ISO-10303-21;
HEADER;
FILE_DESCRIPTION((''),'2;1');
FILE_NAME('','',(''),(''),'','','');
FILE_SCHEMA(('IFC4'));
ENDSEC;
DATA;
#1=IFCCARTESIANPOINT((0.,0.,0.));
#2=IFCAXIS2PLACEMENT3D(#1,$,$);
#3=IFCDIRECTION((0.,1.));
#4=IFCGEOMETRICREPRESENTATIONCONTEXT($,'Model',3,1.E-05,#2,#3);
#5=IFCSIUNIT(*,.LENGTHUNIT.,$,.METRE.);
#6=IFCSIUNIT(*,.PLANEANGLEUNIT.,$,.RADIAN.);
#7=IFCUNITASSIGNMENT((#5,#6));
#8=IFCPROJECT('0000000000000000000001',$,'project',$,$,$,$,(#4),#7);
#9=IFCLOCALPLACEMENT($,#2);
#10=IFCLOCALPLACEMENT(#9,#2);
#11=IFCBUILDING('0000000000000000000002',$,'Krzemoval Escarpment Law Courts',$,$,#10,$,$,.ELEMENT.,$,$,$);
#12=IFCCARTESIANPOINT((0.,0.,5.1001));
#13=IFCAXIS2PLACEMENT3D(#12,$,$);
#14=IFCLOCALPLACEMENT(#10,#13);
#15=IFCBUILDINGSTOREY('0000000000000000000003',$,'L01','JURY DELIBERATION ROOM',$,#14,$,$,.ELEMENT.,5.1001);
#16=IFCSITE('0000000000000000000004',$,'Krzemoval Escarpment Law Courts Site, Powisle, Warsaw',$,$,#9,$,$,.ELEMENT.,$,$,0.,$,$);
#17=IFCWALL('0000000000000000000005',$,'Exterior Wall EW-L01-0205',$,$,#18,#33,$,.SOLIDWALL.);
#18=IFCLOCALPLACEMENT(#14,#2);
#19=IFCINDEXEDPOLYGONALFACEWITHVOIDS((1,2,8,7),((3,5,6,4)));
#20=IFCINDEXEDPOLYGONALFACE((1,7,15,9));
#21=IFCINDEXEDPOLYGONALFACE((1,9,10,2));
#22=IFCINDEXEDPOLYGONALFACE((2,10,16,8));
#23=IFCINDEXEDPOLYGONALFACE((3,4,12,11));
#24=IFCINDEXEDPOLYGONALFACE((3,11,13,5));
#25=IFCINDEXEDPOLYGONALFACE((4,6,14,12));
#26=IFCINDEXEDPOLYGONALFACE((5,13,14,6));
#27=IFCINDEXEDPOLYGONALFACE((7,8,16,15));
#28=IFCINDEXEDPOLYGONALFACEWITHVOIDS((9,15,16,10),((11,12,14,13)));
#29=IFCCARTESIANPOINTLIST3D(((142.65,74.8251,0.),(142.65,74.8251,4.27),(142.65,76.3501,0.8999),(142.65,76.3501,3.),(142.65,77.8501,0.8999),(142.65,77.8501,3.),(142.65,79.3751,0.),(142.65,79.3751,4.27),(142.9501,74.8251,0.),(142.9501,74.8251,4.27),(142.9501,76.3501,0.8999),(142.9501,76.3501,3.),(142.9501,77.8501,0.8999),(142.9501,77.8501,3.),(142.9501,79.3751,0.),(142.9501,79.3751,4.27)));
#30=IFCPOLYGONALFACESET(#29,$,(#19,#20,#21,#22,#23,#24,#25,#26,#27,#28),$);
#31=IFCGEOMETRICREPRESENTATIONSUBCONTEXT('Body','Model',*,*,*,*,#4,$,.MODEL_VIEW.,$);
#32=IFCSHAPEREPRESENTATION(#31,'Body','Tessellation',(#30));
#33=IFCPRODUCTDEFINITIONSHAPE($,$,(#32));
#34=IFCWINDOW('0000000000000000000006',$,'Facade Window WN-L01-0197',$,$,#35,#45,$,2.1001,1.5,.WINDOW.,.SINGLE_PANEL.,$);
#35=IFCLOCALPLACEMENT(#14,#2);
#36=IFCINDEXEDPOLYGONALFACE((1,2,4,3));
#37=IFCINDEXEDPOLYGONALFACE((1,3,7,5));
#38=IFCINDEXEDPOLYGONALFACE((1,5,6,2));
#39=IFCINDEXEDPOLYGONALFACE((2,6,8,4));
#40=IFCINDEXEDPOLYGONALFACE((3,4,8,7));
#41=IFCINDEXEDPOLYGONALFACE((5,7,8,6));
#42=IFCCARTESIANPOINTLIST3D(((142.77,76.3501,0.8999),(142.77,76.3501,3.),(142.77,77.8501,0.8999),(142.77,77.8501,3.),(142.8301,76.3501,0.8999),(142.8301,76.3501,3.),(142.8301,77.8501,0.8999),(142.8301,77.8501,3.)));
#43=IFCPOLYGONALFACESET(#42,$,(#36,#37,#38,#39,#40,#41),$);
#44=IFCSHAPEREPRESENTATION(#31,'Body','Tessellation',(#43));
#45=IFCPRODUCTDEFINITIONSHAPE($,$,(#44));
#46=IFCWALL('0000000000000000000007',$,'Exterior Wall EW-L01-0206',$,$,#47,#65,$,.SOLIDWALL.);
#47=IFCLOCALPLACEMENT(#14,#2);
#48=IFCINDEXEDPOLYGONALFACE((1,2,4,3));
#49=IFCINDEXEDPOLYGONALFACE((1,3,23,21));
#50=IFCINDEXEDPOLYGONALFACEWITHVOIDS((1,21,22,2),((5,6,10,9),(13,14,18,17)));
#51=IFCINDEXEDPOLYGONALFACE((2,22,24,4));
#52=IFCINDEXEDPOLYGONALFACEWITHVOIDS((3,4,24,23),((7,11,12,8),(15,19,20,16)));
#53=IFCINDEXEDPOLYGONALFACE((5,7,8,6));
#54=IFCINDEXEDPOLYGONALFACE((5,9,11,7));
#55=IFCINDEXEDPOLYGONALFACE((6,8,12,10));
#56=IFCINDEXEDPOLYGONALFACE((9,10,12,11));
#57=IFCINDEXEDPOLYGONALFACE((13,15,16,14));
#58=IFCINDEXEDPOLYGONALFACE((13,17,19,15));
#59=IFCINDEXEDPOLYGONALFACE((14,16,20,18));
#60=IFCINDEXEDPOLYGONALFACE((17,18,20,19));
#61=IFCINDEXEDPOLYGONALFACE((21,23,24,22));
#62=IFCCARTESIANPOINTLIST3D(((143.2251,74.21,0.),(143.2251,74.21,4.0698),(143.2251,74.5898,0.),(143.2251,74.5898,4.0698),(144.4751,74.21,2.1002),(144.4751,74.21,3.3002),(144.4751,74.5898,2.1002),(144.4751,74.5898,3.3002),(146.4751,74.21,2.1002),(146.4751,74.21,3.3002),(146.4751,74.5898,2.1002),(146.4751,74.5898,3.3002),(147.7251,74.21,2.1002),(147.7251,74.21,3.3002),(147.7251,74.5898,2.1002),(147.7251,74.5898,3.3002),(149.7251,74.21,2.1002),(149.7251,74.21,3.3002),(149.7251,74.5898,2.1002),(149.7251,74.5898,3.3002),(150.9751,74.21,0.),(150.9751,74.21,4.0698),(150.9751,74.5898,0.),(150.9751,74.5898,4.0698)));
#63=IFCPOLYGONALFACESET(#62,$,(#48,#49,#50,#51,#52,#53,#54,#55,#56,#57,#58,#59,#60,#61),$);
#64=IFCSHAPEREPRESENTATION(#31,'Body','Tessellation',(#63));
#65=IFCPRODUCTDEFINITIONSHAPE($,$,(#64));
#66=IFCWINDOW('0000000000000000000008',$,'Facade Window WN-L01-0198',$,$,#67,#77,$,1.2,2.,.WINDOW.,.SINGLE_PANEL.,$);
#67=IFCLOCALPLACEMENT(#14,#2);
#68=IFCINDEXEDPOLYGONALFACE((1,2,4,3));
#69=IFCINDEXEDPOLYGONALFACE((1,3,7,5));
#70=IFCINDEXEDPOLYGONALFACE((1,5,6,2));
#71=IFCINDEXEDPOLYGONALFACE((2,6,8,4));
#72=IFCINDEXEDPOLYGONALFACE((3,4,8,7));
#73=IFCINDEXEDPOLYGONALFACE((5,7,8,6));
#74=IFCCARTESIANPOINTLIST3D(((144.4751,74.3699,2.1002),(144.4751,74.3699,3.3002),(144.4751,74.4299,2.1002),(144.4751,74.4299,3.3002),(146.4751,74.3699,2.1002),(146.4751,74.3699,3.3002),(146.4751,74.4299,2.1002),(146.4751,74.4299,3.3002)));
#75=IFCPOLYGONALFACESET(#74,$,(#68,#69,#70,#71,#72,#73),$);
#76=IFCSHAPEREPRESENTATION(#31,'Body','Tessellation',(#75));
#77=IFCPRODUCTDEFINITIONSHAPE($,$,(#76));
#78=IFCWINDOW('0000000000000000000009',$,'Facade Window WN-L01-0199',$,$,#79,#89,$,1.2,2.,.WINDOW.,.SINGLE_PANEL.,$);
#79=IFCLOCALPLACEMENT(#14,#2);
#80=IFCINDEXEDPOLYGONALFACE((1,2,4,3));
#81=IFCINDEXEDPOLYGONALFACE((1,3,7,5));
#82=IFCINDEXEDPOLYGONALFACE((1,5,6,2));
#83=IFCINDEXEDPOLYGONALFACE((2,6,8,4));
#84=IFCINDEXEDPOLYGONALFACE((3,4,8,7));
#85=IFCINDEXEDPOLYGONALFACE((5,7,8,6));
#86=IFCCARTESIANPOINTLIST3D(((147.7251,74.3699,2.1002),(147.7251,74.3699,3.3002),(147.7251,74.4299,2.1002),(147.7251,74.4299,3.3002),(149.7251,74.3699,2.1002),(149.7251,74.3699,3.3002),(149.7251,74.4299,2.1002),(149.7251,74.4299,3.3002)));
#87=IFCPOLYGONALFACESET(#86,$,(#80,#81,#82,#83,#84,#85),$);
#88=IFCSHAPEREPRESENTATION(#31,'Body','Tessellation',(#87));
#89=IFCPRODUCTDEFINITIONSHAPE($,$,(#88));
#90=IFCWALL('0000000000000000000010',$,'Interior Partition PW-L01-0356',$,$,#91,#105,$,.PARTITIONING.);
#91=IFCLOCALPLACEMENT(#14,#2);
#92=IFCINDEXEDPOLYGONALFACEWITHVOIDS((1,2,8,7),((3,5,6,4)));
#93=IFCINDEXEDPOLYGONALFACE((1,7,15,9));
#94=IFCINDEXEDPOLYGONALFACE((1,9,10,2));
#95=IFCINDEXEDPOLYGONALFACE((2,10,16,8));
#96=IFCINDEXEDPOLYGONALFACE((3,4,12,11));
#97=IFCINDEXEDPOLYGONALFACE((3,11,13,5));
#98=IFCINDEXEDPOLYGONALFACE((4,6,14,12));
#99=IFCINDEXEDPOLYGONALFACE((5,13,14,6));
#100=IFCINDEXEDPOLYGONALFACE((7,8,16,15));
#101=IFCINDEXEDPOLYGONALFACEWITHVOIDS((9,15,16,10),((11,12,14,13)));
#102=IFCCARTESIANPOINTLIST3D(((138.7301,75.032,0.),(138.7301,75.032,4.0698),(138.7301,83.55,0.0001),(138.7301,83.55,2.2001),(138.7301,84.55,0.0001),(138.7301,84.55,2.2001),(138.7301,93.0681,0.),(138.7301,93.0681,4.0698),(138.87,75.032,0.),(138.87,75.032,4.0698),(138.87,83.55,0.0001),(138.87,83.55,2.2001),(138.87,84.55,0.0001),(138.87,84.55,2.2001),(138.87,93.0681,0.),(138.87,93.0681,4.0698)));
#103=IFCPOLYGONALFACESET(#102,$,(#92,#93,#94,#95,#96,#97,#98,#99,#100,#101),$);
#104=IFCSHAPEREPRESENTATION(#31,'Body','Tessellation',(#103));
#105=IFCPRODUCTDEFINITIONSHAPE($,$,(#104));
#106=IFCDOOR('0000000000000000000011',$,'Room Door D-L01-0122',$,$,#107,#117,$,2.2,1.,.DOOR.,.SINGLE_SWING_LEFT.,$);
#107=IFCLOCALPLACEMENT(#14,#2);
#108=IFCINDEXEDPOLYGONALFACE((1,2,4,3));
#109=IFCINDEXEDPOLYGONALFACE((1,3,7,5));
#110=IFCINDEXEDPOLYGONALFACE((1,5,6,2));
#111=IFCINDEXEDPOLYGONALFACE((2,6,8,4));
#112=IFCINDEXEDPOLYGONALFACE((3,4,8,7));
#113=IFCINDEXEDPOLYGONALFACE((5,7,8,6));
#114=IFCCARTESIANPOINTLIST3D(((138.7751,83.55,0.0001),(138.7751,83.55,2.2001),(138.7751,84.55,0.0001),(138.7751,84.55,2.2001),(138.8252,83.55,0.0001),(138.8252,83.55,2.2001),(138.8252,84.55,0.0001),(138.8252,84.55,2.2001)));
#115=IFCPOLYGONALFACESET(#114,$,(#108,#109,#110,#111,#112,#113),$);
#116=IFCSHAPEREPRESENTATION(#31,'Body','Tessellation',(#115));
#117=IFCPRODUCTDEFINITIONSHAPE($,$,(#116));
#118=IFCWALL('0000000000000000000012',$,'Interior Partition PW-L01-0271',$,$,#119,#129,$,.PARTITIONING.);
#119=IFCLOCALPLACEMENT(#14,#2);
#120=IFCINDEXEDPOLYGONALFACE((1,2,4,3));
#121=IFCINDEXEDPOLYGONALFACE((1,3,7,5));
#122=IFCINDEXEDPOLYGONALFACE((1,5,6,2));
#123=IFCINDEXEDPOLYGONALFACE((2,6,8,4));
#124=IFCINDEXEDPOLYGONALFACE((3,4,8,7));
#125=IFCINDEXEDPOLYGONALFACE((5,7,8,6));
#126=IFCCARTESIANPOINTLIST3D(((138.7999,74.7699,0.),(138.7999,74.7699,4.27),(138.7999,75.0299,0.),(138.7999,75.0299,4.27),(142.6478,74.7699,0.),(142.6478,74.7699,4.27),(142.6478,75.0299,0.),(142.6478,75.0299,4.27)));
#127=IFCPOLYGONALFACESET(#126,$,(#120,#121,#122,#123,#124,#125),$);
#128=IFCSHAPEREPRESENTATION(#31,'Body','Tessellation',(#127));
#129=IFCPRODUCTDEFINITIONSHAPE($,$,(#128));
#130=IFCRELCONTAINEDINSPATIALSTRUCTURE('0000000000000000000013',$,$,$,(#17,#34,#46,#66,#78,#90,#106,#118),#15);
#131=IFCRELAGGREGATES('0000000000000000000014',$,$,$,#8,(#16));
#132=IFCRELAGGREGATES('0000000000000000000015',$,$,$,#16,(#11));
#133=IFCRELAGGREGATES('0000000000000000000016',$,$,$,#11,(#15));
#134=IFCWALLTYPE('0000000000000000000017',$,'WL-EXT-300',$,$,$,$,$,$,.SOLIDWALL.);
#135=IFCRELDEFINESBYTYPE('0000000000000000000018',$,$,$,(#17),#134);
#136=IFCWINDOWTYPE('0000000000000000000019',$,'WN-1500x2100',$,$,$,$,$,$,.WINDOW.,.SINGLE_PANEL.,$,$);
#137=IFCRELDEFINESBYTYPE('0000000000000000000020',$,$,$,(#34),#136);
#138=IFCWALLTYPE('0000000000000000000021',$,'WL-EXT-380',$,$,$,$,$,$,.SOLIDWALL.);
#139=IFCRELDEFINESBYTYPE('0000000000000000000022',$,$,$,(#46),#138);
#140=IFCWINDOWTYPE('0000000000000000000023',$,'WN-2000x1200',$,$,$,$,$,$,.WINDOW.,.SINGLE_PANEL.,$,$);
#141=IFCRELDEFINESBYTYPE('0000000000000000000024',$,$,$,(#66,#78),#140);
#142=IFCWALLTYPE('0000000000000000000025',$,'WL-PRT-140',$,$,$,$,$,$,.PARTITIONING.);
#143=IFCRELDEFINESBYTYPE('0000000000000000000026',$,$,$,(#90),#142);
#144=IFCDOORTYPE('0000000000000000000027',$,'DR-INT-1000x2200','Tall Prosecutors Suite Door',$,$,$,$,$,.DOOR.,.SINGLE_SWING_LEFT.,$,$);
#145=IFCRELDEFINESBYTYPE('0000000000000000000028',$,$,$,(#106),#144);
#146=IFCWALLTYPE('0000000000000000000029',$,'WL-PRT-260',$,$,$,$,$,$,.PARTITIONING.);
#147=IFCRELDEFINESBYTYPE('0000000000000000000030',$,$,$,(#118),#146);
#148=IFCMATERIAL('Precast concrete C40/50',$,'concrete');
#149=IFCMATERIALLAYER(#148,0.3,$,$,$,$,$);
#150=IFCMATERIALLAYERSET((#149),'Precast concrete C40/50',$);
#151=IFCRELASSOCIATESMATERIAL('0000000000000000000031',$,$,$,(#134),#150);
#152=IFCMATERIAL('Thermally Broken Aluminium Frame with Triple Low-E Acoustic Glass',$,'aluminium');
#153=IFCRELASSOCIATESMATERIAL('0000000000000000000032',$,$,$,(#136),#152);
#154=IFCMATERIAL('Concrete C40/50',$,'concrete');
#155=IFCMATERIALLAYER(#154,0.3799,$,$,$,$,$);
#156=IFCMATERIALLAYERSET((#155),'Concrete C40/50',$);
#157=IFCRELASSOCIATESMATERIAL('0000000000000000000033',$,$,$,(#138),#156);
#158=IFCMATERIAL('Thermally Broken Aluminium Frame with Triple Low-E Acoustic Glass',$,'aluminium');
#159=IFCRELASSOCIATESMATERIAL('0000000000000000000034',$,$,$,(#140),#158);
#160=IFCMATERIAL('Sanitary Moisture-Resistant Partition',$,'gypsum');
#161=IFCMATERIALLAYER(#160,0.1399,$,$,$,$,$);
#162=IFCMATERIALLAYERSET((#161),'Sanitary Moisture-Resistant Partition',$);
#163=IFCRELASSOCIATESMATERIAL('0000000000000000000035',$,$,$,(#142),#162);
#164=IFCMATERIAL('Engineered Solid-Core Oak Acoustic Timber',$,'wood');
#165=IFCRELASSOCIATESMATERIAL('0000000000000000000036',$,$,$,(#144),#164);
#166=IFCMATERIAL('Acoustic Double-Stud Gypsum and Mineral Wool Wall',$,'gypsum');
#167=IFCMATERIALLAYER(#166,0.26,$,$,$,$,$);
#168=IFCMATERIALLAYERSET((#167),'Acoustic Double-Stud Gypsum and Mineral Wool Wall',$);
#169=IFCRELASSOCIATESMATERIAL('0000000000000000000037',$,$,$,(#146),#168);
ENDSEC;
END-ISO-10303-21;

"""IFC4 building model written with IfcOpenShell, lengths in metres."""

from ifc_helpers import new_model, si_unit, direction, frame, frame_2d, origin, place, context, subcontext, project, spatial, rectangle, extrude, material, layer, layer_set, type_object, element, fill, save


model = new_model("IFC4")

# Units and contexts
model_context = context("Model", 3, precision=1e-05, world=origin(), true_north=direction((0.0, 1.0)))
body_context = subcontext(model_context, "Body", "Model", "MODEL_VIEW")
ifc_project = project(units=[si_unit("LENGTHUNIT", "METRE"), si_unit("PLANEANGLEUNIT", "RADIAN")], contexts=[model_context])

# Site, building, storey
site_placement = place(None, origin())
site = spatial("IfcSite", under=ifc_project, at=site_placement, Name="Krzemoval Escarpment Law Courts Site, Powisle, Warsaw", CompositionType="ELEMENT", RefElevation=0.0)
building_placement = place(site_placement, origin())
building = spatial("IfcBuilding", under=site, at=building_placement, Name="Krzemoval Escarpment Law Courts", CompositionType="ELEMENT")
storey_placement = place(building_placement, frame((0.0, 0.0, 5.1001)))
storey = spatial("IfcBuildingStorey", under=building, at=storey_placement, Name="L01", Description="JURY DELIBERATION ROOM", CompositionType="ELEMENT", Elevation=5.1001)

# Wall, opening, window
ifc_material_1 = material(Name="Precast concrete C40/50", Category="concrete")
ifc_layer_1 = layer(ifc_material_1, 0.3)
ifc_layer_set_1 = layer_set([ifc_layer_1], Name="Precast concrete C40/50")
wall_type_1 = type_object("IfcWallType", Name="WL-EXT-300", PredefinedType="SOLIDWALL", material=ifc_layer_set_1)
ifc_material_2 = material(Name="Thermally Broken Aluminium Frame with Triple Low-E Acoustic Glass", Category="aluminium")
window_type_1 = type_object("IfcWindowType", Name="WN-1500x2100", PartitioningType="SINGLE_PANEL", PredefinedType="WINDOW", material=ifc_material_2)
wall_1_placement = place(storey_placement, frame((142.8, 79.375, 0.0), z_axis=(0.0, 0.0, 1.0), x_axis=(0.0, -1.0, 0.0)))
wall_1 = element("IfcWall", 1, at=wall_1_placement, inside=storey, type_object=wall_type_1, Name="Exterior Wall EW-L01-0205", PredefinedType="SOLIDWALL", context=body_context, shape_type="SweptSolid", body=[
    extrude(rectangle(XDim=4.55, YDim=0.3, at=frame_2d((2.2749, 0.0))), origin(), (0.0, 0.0, 1.0), 4.27),
])
opening_1_placement = place(wall_1_placement, frame((1.5249, 0.0, 0.8999)))
opening_1 = element("IfcOpeningElement", 2, at=opening_1_placement, cuts=wall_1, PredefinedType="OPENING", context=body_context, shape_type="SweptSolid", body=[
    extrude(rectangle(XDim=1.5, YDim=2.1001, at=frame_2d((0.75, 1.05))), frame((0.0, 0.165, 0.0), z_axis=(0.0, -1.0, 0.0), x_axis=(1.0, 0.0, 0.0)), (0.0, 0.0, 1.0), 0.3301),
])
window_1_placement = place(opening_1_placement, origin())
window_1 = element("IfcWindow", 3, at=window_1_placement, inside=storey, type_object=window_type_1, Name="Facade Window WN-L01-0197", OverallHeight=2.1001, OverallWidth=1.5, PartitioningType="SINGLE_PANEL", PredefinedType="WINDOW", context=body_context, shape_type="SweptSolid", body=[
    extrude(rectangle(XDim=1.5, YDim=2.1001, at=frame_2d((0.75, 1.05))), frame((0.0, 0.03, 0.0), z_axis=(0.0, -1.0, 0.0), x_axis=(1.0, 0.0, 0.0)), (0.0, 0.0, 1.0), 0.0601),
])
fill(opening_1, window_1)

# Wall, openings, windows
ifc_material_3 = material(Name="Concrete C40/50", Category="concrete")
ifc_layer_2 = layer(ifc_material_3, 0.3799)
ifc_layer_set_2 = layer_set([ifc_layer_2], Name="Concrete C40/50")
wall_type_2 = type_object("IfcWallType", Name="WL-EXT-380", PredefinedType="SOLIDWALL", material=ifc_layer_set_2)
wall_2_placement = place(storey_placement, frame((143.2251, 74.3999, 0.0), z_axis=(0.0, 0.0, 1.0), x_axis=(1.0, 0.0, 0.0)))
wall_2 = element("IfcWall", 4, at=wall_2_placement, inside=storey, type_object=wall_type_2, Name="Exterior Wall EW-L01-0206", PredefinedType="SOLIDWALL", context=body_context, shape_type="SweptSolid", body=[
    extrude(rectangle(XDim=7.75, YDim=0.3799, at=frame_2d((3.875, 0.0))), origin(), (0.0, 0.0, 1.0), 4.0698),
])
opening_2_placement = place(wall_2_placement, frame((1.25, 0.0, 2.1001)))
opening_2 = element("IfcOpeningElement", 5, at=opening_2_placement, cuts=wall_2, PredefinedType="OPENING", context=body_context, shape_type="SweptSolid", body=[
    extrude(rectangle(XDim=2.0, YDim=1.2, at=frame_2d((1.0, 0.6001))), frame((0.0, 0.2049, 0.0), z_axis=(0.0, -1.0, 0.0), x_axis=(1.0, 0.0, 0.0)), (0.0, 0.0, 1.0), 0.4099),
])
opening_3_placement = place(wall_2_placement, frame((4.5, 0.0, 2.1001)))
opening_3 = element("IfcOpeningElement", 6, at=opening_3_placement, cuts=wall_2, PredefinedType="OPENING", context=body_context, shape_type="SweptSolid", body=[
    extrude(rectangle(XDim=2.0, YDim=1.2, at=frame_2d((1.0, 0.6001))), frame((0.0, 0.2049, 0.0), z_axis=(0.0, -1.0, 0.0), x_axis=(1.0, 0.0, 0.0)), (0.0, 0.0, 1.0), 0.4099),
])
ifc_material_4 = material(Name="Thermally Broken Aluminium Frame with Triple Low-E Acoustic Glass", Category="aluminium")
window_type_2 = type_object("IfcWindowType", Name="WN-2000x1200", PartitioningType="SINGLE_PANEL", PredefinedType="WINDOW", material=ifc_material_4)
window_2_placement = place(opening_2_placement, origin())
window_2 = element("IfcWindow", 7, at=window_2_placement, inside=storey, type_object=window_type_2, Name="Facade Window WN-L01-0198", OverallHeight=1.2, OverallWidth=2.0, PartitioningType="SINGLE_PANEL", PredefinedType="WINDOW", context=body_context, shape_type="SweptSolid", body=[
    extrude(rectangle(XDim=2.0, YDim=1.2, at=frame_2d((1.0, 0.6001))), frame((0.0, 0.03, 0.0), z_axis=(0.0, -1.0, 0.0), x_axis=(1.0, 0.0, 0.0)), (0.0, 0.0, 1.0), 0.0601),
])
fill(opening_2, window_2)
window_3_placement = place(opening_3_placement, origin())
window_3 = element("IfcWindow", 8, at=window_3_placement, inside=storey, type_object=window_type_2, Name="Facade Window WN-L01-0199", OverallHeight=1.2, OverallWidth=2.0, PartitioningType="SINGLE_PANEL", PredefinedType="WINDOW", context=body_context, shape_type="SweptSolid", body=[
    extrude(rectangle(XDim=2.0, YDim=1.2, at=frame_2d((1.0, 0.6001))), frame((0.0, 0.03, 0.0), z_axis=(0.0, -1.0, 0.0), x_axis=(1.0, 0.0, 0.0)), (0.0, 0.0, 1.0), 0.0601),
])
fill(opening_3, window_3)

# Wall, opening, door
ifc_material_5 = material(Name="Sanitary Moisture-Resistant Partition", Category="gypsum")
ifc_layer_3 = layer(ifc_material_5, 0.1399)
ifc_layer_set_3 = layer_set([ifc_layer_3], Name="Sanitary Moisture-Resistant Partition")
wall_type_3 = type_object("IfcWallType", Name="WL-PRT-140", PredefinedType="PARTITIONING", material=ifc_layer_set_3)
wall_3_placement = place(storey_placement, frame((138.8, 75.032, 0.0), z_axis=(0.0, 0.0, 1.0), x_axis=(0.0, 1.0, 0.0)))
wall_3 = element("IfcWall", 9, at=wall_3_placement, inside=storey, type_object=wall_type_3, Name="Interior Partition PW-L01-0356", PredefinedType="PARTITIONING", context=body_context, shape_type="SweptSolid", body=[
    extrude(rectangle(XDim=18.0361, YDim=0.1399, at=frame_2d((9.0181, 0.0))), origin(), (0.0, 0.0, 1.0), 4.0698),
])
opening_4_placement = place(wall_3_placement, frame((8.5181, 0.0, 0.0)))
opening_4 = element("IfcOpeningElement", 10, at=opening_4_placement, cuts=wall_3, PredefinedType="OPENING", context=body_context, shape_type="SweptSolid", body=[
    extrude(rectangle(XDim=1.0, YDim=2.2, at=frame_2d((0.5, 1.1001))), frame((0.0, 0.0849, 0.0), z_axis=(0.0, -1.0, 0.0), x_axis=(1.0, 0.0, 0.0)), (0.0, 0.0, 1.0), 0.1699),
])
ifc_material_6 = material(Name="Engineered Solid-Core Oak Acoustic Timber", Category="wood")
door_type = type_object("IfcDoorType", Name="DR-INT-1000x2200", Description="Tall Prosecutors Suite Door", OperationType="SINGLE_SWING_LEFT", PredefinedType="DOOR", material=ifc_material_6)
door_placement = place(opening_4_placement, origin())
door = element("IfcDoor", 11, at=door_placement, inside=storey, type_object=door_type, Name="Room Door D-L01-0122", OperationType="SINGLE_SWING_LEFT", OverallHeight=2.2, OverallWidth=1.0, PredefinedType="DOOR", context=body_context, shape_type="SweptSolid", body=[
    extrude(rectangle(XDim=1.0, YDim=2.2, at=frame_2d((0.5, 1.1001))), frame((0.0, 0.0249, 0.0), z_axis=(0.0, -1.0, 0.0), x_axis=(1.0, 0.0, 0.0)), (0.0, 0.0, 1.0), 0.05),
])
fill(opening_4, door)

# Wall
ifc_material_7 = material(Name="Acoustic Double-Stud Gypsum and Mineral Wool Wall", Category="gypsum")
ifc_layer_4 = layer(ifc_material_7, 0.26)
ifc_layer_set_4 = layer_set([ifc_layer_4], Name="Acoustic Double-Stud Gypsum and Mineral Wool Wall")
wall_type_4 = type_object("IfcWallType", Name="WL-PRT-260", PredefinedType="PARTITIONING", material=ifc_layer_set_4)
wall_4_placement = place(storey_placement, frame((138.8, 74.8999, 0.0), z_axis=(0.0, 0.0, 1.0), x_axis=(1.0, 0.0, 0.0)))
element("IfcWall", 12, at=wall_4_placement, inside=storey, type_object=wall_type_4, Name="Interior Partition PW-L01-0271", PredefinedType="PARTITIONING", context=body_context, shape_type="SweptSolid", body=[
    extrude(rectangle(XDim=3.8479, YDim=0.26, at=frame_2d((1.9238, 0.0))), origin(), (0.0, 0.0, 1.0), 4.27),
])

save(model, "model.ifc")
